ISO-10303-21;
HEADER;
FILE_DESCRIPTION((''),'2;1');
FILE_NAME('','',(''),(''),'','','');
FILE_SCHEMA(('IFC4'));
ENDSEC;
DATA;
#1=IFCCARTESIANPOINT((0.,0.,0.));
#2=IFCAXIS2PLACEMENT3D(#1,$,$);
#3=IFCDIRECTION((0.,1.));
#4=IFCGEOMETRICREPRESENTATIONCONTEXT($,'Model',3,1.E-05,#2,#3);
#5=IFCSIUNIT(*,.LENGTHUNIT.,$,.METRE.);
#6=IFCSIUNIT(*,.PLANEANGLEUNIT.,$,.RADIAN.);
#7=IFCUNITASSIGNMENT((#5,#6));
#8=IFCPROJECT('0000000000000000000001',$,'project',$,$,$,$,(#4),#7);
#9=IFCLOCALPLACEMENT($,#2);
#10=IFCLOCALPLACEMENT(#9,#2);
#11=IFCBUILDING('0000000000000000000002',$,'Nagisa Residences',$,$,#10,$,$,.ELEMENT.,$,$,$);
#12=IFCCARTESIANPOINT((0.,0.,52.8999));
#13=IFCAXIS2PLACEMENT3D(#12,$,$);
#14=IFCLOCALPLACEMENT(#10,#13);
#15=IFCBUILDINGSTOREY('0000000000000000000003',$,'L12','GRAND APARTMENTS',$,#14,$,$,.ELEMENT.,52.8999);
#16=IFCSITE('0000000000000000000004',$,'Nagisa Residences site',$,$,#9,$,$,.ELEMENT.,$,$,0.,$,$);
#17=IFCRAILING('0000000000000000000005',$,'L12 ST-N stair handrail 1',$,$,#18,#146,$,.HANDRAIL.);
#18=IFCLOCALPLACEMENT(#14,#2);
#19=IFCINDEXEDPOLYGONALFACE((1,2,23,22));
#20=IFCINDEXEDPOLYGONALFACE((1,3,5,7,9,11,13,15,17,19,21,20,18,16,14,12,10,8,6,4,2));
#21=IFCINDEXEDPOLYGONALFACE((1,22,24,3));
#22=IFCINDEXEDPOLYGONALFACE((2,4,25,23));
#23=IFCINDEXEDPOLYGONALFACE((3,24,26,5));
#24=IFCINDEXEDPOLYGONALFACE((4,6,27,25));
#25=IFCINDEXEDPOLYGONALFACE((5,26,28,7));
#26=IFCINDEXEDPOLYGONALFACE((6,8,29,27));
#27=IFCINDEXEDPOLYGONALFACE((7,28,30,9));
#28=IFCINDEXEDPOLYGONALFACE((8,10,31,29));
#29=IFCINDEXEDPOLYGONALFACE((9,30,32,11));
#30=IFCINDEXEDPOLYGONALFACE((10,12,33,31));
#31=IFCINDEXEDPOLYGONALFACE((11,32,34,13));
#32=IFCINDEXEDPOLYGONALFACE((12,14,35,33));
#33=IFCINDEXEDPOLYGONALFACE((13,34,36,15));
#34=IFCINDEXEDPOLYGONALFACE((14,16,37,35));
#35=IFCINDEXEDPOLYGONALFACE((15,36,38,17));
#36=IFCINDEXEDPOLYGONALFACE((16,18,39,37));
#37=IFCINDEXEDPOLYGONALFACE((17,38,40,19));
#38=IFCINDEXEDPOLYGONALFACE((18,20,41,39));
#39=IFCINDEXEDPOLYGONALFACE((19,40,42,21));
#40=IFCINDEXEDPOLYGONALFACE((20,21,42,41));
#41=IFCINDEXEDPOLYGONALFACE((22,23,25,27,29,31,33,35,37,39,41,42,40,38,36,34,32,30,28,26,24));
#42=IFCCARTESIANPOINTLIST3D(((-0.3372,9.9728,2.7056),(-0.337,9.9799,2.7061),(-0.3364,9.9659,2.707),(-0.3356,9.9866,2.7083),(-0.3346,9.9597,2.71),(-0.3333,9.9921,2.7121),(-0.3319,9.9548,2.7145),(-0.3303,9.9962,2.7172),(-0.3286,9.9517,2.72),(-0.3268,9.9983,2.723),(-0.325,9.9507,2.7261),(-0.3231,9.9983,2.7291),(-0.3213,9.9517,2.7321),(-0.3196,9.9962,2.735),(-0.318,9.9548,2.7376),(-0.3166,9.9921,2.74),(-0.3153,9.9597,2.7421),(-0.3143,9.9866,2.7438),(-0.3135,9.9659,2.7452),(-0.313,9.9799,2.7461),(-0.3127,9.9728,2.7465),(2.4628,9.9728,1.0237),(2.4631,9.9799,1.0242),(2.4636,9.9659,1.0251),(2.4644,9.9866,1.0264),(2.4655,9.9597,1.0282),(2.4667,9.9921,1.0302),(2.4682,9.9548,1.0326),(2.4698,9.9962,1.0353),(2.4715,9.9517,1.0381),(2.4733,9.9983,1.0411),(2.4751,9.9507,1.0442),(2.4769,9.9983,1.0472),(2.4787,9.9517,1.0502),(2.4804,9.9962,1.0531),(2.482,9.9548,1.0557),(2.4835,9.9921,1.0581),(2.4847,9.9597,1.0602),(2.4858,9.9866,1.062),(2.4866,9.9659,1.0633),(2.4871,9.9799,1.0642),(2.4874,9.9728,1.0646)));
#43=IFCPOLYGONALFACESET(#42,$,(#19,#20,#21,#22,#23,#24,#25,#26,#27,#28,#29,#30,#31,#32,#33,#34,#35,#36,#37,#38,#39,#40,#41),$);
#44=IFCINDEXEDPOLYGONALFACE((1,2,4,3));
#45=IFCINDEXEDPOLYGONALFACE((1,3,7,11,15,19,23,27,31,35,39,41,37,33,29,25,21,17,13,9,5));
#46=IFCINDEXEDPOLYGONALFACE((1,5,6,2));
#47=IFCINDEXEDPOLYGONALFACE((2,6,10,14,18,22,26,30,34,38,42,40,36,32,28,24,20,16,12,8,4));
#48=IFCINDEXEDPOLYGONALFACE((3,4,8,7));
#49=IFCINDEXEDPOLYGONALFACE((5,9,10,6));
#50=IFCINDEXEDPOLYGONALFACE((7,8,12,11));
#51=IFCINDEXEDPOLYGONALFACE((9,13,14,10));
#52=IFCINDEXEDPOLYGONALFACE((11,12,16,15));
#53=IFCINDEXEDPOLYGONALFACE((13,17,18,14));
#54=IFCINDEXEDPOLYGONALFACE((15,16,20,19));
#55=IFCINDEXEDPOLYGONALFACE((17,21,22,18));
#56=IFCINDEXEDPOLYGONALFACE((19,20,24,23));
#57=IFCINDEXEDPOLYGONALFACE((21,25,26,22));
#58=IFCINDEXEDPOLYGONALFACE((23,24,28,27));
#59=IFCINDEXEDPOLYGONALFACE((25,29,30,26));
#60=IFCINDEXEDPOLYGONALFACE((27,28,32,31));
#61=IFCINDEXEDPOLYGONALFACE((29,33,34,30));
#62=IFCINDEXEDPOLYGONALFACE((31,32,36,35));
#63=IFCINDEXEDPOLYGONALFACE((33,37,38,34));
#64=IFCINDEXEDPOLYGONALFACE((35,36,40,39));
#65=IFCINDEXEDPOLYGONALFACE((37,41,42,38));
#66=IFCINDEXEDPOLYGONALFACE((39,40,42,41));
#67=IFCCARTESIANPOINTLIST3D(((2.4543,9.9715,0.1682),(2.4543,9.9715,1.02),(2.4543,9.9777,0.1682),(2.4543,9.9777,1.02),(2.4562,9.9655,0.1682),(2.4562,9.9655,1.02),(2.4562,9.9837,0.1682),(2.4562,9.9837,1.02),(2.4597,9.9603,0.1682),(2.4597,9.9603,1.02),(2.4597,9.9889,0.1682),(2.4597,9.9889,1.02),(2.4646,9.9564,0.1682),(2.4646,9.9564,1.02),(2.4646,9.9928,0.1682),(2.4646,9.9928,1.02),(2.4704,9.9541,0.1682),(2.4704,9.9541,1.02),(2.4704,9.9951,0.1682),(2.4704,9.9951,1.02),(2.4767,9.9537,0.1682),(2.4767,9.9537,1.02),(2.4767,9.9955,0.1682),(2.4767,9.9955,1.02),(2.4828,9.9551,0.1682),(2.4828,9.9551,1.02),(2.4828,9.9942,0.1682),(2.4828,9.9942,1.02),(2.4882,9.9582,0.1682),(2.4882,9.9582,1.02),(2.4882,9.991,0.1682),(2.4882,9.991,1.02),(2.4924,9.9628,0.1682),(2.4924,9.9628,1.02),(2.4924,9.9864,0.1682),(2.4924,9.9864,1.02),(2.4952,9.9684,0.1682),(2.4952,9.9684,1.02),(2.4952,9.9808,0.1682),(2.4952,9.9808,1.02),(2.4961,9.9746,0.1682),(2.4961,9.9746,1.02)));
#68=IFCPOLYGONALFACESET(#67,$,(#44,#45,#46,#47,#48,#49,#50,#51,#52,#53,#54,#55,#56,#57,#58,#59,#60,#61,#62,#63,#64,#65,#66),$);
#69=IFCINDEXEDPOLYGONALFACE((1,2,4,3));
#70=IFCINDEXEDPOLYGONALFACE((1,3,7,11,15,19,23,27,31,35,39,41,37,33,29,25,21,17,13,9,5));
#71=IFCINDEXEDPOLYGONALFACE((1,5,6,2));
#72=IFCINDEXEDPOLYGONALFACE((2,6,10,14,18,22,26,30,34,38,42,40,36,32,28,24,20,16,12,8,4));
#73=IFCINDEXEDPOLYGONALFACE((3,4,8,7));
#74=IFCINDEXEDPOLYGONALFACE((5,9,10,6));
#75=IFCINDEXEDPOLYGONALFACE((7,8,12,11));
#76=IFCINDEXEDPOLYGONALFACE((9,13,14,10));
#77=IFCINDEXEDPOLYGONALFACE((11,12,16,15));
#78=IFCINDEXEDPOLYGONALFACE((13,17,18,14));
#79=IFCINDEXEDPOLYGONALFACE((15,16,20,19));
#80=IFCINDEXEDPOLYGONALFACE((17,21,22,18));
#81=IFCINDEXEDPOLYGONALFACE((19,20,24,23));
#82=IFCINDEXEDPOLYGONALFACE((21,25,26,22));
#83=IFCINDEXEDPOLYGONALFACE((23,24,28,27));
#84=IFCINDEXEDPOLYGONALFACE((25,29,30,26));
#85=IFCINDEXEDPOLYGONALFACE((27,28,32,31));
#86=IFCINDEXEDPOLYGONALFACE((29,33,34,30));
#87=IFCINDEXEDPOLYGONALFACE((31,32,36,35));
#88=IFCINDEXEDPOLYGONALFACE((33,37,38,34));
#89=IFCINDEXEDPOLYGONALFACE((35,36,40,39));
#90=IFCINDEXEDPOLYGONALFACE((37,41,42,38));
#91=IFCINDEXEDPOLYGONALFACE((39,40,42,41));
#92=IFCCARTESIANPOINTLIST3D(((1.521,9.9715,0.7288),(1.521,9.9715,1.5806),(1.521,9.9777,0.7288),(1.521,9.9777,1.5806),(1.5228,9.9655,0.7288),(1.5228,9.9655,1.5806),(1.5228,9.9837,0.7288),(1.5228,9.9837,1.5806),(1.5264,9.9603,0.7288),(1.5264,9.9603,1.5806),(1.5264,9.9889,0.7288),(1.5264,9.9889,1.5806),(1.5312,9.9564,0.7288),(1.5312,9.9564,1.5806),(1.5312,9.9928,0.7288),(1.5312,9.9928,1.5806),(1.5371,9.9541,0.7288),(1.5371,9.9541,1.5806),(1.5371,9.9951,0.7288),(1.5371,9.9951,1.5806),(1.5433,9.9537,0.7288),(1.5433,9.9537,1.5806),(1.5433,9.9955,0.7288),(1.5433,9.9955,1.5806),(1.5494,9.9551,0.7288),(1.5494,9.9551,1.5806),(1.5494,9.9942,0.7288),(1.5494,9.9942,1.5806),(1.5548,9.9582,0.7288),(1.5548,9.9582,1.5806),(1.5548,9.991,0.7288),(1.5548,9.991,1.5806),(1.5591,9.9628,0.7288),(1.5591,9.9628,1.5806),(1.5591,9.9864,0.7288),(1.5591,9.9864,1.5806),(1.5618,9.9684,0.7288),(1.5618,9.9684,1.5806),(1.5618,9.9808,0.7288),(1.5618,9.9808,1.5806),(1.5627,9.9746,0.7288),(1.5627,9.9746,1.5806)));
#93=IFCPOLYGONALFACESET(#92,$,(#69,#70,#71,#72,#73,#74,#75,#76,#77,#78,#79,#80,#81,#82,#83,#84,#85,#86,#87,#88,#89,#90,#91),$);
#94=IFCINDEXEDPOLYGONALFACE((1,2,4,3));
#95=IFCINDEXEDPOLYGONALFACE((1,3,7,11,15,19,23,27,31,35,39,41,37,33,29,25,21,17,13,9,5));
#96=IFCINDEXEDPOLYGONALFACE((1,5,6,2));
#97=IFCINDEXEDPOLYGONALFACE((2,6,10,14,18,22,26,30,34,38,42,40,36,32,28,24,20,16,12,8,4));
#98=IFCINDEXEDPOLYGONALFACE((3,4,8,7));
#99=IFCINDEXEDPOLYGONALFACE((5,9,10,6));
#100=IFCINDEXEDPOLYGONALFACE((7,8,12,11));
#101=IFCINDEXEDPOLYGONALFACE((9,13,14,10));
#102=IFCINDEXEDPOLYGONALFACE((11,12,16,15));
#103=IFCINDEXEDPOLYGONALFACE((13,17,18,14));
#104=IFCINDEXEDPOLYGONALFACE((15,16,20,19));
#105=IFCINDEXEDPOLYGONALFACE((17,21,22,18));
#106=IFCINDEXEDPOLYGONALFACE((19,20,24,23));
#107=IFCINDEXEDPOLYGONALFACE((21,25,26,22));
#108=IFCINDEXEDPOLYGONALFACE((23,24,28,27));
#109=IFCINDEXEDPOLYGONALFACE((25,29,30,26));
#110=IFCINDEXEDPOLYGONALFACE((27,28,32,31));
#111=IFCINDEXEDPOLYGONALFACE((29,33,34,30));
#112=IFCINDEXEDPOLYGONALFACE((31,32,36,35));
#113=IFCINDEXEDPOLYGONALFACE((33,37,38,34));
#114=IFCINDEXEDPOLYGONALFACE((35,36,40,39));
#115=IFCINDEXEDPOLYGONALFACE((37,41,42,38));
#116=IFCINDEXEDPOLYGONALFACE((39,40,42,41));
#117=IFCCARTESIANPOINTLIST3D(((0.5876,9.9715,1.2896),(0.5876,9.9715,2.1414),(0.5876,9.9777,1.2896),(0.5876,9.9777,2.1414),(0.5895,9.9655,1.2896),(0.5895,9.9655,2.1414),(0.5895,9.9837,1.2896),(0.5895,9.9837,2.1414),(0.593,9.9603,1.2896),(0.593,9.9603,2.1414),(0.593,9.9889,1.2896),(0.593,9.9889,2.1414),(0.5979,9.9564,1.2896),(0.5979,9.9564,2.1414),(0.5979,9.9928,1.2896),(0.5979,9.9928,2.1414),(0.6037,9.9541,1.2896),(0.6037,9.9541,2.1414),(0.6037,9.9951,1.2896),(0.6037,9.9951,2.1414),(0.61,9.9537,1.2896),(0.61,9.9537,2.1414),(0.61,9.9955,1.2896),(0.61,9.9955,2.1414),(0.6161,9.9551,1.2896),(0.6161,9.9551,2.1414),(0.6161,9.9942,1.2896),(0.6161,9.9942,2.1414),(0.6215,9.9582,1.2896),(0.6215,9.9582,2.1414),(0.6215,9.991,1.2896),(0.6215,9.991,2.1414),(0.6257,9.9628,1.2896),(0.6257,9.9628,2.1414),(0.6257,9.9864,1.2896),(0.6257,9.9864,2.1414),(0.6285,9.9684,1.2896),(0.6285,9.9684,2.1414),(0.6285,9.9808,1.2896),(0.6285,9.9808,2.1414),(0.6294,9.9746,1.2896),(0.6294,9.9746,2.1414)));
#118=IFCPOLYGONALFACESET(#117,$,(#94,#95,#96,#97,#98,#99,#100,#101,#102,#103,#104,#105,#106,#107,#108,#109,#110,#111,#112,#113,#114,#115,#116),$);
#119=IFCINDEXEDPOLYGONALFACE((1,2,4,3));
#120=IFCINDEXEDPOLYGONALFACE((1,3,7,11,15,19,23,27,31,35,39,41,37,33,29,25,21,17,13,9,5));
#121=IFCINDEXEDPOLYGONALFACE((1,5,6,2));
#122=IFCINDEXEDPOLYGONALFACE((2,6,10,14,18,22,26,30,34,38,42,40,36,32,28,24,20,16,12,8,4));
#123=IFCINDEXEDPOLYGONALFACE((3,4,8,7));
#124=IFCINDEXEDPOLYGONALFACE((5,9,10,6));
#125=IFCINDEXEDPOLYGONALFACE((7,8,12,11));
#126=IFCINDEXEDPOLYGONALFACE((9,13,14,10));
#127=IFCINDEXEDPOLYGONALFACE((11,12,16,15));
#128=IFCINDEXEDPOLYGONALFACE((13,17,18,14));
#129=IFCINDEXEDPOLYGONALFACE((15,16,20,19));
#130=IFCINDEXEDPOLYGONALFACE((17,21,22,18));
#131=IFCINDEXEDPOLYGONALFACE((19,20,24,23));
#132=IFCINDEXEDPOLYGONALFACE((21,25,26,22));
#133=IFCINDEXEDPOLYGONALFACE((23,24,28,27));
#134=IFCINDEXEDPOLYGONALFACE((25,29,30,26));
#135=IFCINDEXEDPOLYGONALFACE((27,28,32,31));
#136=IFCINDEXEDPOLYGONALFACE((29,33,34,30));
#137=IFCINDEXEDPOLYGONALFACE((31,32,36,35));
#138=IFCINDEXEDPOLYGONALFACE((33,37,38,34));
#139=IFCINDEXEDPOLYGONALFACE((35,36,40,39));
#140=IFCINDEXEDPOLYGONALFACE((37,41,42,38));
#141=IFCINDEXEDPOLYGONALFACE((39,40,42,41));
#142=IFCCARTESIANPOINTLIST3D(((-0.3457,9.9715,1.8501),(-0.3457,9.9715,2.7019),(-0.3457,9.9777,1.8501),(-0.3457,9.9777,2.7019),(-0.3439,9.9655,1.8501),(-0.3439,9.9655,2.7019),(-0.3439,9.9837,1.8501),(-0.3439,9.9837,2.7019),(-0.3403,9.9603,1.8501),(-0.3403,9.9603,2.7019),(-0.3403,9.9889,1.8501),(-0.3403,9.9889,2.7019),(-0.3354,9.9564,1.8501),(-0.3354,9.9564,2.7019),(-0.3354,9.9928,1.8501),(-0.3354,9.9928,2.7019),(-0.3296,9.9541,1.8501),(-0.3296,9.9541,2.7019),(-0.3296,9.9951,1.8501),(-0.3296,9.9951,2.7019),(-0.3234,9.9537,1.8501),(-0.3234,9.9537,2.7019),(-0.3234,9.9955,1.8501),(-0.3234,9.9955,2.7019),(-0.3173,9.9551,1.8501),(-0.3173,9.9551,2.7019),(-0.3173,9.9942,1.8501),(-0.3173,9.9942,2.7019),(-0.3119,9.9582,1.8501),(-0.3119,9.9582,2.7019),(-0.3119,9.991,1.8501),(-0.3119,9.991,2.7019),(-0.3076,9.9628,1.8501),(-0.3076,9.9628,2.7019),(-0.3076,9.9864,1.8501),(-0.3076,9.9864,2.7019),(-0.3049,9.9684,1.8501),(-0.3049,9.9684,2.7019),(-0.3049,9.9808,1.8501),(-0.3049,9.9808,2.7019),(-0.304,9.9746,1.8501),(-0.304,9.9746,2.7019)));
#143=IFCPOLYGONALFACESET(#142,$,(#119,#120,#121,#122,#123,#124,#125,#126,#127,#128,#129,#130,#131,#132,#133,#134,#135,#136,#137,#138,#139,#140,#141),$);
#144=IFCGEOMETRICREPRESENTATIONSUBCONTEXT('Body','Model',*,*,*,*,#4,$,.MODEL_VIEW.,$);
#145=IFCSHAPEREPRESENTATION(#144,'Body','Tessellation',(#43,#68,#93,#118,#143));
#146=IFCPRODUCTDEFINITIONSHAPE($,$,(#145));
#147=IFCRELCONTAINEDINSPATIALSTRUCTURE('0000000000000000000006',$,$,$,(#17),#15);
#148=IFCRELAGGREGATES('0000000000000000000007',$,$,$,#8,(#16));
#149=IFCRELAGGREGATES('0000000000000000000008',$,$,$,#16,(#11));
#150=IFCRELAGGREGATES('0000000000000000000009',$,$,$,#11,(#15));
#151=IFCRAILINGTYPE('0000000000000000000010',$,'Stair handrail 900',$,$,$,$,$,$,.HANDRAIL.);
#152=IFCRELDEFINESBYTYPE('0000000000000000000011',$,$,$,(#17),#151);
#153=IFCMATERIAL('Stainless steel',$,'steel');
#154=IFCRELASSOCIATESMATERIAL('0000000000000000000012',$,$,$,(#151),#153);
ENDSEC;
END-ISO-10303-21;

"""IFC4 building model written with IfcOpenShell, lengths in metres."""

from ifc_helpers import new_model, si_unit, direction, frame, origin, origin_2d, place, context, subcontext, project, spatial, circle, extrude, material, type_object, element, save


model = new_model("IFC4")

# Units and contexts
model_context = context("Model", 3, precision=1e-05, world=origin(), true_north=direction((0.0, 1.0)))
body_context = subcontext(model_context, "Body", "Model", "MODEL_VIEW")
ifc_project = project(units=[si_unit("LENGTHUNIT", "METRE"), si_unit("PLANEANGLEUNIT", "RADIAN")], contexts=[model_context])

# Site, building, storey
site_placement = place(None, origin())
site = spatial("IfcSite", under=ifc_project, at=site_placement, Name="Nagisa Residences site", CompositionType="ELEMENT", RefElevation=0.0)
building_placement = place(site_placement, origin())
building = spatial("IfcBuilding", under=site, at=building_placement, Name="Nagisa Residences", CompositionType="ELEMENT")
storey_placement = place(building_placement, frame((0.0, 0.0, 52.8999)))
storey = spatial("IfcBuildingStorey", under=building, at=storey_placement, Name="L12", Description="GRAND APARTMENTS", CompositionType="ELEMENT", Elevation=52.8999)

# Railing
ifc_material_1 = material(Name="Stainless steel", Category="steel")
railing_type_1 = type_object("IfcRailingType", Name="Stair handrail 900", PredefinedType="HANDRAIL", material=ifc_material_1)
railing_1_placement = place(storey_placement, frame((2.4751, 9.9746, 0.1682)))
element("IfcRailing", 1, at=railing_1_placement, inside=storey, type_object=railing_type_1, Name="L12 ST-N stair handrail 1", PredefinedType="HANDRAIL", context=body_context, shape_type="SweptSolid", body=[
    extrude(circle(Radius=0.0239, at=origin_2d()), frame((0.0, 0.0, 0.876), z_axis=(-0.857242, 0.0, 0.514913), x_axis=(0.0, -1.0, 0.0)), (0.0, 0.0, 1.0), 3.2664),
    extrude(circle(Radius=0.021, at=origin_2d()), origin(), (0.0, 0.0, 1.0), 0.8518),
    extrude(circle(Radius=0.021, at=origin_2d()), frame((-0.9333, 0.0, 0.5605)), (0.0, 0.0, 1.0), 0.8518),
    extrude(circle(Radius=0.021, at=origin_2d()), frame((-1.8667, 0.0, 1.1213)), (0.0, 0.0, 1.0), 0.8518),
    extrude(circle(Radius=0.021, at=origin_2d()), frame((-2.8, 0.0, 1.6819)), (0.0, 0.0, 1.0), 0.8518),
])

save(model, "model.ifc")
